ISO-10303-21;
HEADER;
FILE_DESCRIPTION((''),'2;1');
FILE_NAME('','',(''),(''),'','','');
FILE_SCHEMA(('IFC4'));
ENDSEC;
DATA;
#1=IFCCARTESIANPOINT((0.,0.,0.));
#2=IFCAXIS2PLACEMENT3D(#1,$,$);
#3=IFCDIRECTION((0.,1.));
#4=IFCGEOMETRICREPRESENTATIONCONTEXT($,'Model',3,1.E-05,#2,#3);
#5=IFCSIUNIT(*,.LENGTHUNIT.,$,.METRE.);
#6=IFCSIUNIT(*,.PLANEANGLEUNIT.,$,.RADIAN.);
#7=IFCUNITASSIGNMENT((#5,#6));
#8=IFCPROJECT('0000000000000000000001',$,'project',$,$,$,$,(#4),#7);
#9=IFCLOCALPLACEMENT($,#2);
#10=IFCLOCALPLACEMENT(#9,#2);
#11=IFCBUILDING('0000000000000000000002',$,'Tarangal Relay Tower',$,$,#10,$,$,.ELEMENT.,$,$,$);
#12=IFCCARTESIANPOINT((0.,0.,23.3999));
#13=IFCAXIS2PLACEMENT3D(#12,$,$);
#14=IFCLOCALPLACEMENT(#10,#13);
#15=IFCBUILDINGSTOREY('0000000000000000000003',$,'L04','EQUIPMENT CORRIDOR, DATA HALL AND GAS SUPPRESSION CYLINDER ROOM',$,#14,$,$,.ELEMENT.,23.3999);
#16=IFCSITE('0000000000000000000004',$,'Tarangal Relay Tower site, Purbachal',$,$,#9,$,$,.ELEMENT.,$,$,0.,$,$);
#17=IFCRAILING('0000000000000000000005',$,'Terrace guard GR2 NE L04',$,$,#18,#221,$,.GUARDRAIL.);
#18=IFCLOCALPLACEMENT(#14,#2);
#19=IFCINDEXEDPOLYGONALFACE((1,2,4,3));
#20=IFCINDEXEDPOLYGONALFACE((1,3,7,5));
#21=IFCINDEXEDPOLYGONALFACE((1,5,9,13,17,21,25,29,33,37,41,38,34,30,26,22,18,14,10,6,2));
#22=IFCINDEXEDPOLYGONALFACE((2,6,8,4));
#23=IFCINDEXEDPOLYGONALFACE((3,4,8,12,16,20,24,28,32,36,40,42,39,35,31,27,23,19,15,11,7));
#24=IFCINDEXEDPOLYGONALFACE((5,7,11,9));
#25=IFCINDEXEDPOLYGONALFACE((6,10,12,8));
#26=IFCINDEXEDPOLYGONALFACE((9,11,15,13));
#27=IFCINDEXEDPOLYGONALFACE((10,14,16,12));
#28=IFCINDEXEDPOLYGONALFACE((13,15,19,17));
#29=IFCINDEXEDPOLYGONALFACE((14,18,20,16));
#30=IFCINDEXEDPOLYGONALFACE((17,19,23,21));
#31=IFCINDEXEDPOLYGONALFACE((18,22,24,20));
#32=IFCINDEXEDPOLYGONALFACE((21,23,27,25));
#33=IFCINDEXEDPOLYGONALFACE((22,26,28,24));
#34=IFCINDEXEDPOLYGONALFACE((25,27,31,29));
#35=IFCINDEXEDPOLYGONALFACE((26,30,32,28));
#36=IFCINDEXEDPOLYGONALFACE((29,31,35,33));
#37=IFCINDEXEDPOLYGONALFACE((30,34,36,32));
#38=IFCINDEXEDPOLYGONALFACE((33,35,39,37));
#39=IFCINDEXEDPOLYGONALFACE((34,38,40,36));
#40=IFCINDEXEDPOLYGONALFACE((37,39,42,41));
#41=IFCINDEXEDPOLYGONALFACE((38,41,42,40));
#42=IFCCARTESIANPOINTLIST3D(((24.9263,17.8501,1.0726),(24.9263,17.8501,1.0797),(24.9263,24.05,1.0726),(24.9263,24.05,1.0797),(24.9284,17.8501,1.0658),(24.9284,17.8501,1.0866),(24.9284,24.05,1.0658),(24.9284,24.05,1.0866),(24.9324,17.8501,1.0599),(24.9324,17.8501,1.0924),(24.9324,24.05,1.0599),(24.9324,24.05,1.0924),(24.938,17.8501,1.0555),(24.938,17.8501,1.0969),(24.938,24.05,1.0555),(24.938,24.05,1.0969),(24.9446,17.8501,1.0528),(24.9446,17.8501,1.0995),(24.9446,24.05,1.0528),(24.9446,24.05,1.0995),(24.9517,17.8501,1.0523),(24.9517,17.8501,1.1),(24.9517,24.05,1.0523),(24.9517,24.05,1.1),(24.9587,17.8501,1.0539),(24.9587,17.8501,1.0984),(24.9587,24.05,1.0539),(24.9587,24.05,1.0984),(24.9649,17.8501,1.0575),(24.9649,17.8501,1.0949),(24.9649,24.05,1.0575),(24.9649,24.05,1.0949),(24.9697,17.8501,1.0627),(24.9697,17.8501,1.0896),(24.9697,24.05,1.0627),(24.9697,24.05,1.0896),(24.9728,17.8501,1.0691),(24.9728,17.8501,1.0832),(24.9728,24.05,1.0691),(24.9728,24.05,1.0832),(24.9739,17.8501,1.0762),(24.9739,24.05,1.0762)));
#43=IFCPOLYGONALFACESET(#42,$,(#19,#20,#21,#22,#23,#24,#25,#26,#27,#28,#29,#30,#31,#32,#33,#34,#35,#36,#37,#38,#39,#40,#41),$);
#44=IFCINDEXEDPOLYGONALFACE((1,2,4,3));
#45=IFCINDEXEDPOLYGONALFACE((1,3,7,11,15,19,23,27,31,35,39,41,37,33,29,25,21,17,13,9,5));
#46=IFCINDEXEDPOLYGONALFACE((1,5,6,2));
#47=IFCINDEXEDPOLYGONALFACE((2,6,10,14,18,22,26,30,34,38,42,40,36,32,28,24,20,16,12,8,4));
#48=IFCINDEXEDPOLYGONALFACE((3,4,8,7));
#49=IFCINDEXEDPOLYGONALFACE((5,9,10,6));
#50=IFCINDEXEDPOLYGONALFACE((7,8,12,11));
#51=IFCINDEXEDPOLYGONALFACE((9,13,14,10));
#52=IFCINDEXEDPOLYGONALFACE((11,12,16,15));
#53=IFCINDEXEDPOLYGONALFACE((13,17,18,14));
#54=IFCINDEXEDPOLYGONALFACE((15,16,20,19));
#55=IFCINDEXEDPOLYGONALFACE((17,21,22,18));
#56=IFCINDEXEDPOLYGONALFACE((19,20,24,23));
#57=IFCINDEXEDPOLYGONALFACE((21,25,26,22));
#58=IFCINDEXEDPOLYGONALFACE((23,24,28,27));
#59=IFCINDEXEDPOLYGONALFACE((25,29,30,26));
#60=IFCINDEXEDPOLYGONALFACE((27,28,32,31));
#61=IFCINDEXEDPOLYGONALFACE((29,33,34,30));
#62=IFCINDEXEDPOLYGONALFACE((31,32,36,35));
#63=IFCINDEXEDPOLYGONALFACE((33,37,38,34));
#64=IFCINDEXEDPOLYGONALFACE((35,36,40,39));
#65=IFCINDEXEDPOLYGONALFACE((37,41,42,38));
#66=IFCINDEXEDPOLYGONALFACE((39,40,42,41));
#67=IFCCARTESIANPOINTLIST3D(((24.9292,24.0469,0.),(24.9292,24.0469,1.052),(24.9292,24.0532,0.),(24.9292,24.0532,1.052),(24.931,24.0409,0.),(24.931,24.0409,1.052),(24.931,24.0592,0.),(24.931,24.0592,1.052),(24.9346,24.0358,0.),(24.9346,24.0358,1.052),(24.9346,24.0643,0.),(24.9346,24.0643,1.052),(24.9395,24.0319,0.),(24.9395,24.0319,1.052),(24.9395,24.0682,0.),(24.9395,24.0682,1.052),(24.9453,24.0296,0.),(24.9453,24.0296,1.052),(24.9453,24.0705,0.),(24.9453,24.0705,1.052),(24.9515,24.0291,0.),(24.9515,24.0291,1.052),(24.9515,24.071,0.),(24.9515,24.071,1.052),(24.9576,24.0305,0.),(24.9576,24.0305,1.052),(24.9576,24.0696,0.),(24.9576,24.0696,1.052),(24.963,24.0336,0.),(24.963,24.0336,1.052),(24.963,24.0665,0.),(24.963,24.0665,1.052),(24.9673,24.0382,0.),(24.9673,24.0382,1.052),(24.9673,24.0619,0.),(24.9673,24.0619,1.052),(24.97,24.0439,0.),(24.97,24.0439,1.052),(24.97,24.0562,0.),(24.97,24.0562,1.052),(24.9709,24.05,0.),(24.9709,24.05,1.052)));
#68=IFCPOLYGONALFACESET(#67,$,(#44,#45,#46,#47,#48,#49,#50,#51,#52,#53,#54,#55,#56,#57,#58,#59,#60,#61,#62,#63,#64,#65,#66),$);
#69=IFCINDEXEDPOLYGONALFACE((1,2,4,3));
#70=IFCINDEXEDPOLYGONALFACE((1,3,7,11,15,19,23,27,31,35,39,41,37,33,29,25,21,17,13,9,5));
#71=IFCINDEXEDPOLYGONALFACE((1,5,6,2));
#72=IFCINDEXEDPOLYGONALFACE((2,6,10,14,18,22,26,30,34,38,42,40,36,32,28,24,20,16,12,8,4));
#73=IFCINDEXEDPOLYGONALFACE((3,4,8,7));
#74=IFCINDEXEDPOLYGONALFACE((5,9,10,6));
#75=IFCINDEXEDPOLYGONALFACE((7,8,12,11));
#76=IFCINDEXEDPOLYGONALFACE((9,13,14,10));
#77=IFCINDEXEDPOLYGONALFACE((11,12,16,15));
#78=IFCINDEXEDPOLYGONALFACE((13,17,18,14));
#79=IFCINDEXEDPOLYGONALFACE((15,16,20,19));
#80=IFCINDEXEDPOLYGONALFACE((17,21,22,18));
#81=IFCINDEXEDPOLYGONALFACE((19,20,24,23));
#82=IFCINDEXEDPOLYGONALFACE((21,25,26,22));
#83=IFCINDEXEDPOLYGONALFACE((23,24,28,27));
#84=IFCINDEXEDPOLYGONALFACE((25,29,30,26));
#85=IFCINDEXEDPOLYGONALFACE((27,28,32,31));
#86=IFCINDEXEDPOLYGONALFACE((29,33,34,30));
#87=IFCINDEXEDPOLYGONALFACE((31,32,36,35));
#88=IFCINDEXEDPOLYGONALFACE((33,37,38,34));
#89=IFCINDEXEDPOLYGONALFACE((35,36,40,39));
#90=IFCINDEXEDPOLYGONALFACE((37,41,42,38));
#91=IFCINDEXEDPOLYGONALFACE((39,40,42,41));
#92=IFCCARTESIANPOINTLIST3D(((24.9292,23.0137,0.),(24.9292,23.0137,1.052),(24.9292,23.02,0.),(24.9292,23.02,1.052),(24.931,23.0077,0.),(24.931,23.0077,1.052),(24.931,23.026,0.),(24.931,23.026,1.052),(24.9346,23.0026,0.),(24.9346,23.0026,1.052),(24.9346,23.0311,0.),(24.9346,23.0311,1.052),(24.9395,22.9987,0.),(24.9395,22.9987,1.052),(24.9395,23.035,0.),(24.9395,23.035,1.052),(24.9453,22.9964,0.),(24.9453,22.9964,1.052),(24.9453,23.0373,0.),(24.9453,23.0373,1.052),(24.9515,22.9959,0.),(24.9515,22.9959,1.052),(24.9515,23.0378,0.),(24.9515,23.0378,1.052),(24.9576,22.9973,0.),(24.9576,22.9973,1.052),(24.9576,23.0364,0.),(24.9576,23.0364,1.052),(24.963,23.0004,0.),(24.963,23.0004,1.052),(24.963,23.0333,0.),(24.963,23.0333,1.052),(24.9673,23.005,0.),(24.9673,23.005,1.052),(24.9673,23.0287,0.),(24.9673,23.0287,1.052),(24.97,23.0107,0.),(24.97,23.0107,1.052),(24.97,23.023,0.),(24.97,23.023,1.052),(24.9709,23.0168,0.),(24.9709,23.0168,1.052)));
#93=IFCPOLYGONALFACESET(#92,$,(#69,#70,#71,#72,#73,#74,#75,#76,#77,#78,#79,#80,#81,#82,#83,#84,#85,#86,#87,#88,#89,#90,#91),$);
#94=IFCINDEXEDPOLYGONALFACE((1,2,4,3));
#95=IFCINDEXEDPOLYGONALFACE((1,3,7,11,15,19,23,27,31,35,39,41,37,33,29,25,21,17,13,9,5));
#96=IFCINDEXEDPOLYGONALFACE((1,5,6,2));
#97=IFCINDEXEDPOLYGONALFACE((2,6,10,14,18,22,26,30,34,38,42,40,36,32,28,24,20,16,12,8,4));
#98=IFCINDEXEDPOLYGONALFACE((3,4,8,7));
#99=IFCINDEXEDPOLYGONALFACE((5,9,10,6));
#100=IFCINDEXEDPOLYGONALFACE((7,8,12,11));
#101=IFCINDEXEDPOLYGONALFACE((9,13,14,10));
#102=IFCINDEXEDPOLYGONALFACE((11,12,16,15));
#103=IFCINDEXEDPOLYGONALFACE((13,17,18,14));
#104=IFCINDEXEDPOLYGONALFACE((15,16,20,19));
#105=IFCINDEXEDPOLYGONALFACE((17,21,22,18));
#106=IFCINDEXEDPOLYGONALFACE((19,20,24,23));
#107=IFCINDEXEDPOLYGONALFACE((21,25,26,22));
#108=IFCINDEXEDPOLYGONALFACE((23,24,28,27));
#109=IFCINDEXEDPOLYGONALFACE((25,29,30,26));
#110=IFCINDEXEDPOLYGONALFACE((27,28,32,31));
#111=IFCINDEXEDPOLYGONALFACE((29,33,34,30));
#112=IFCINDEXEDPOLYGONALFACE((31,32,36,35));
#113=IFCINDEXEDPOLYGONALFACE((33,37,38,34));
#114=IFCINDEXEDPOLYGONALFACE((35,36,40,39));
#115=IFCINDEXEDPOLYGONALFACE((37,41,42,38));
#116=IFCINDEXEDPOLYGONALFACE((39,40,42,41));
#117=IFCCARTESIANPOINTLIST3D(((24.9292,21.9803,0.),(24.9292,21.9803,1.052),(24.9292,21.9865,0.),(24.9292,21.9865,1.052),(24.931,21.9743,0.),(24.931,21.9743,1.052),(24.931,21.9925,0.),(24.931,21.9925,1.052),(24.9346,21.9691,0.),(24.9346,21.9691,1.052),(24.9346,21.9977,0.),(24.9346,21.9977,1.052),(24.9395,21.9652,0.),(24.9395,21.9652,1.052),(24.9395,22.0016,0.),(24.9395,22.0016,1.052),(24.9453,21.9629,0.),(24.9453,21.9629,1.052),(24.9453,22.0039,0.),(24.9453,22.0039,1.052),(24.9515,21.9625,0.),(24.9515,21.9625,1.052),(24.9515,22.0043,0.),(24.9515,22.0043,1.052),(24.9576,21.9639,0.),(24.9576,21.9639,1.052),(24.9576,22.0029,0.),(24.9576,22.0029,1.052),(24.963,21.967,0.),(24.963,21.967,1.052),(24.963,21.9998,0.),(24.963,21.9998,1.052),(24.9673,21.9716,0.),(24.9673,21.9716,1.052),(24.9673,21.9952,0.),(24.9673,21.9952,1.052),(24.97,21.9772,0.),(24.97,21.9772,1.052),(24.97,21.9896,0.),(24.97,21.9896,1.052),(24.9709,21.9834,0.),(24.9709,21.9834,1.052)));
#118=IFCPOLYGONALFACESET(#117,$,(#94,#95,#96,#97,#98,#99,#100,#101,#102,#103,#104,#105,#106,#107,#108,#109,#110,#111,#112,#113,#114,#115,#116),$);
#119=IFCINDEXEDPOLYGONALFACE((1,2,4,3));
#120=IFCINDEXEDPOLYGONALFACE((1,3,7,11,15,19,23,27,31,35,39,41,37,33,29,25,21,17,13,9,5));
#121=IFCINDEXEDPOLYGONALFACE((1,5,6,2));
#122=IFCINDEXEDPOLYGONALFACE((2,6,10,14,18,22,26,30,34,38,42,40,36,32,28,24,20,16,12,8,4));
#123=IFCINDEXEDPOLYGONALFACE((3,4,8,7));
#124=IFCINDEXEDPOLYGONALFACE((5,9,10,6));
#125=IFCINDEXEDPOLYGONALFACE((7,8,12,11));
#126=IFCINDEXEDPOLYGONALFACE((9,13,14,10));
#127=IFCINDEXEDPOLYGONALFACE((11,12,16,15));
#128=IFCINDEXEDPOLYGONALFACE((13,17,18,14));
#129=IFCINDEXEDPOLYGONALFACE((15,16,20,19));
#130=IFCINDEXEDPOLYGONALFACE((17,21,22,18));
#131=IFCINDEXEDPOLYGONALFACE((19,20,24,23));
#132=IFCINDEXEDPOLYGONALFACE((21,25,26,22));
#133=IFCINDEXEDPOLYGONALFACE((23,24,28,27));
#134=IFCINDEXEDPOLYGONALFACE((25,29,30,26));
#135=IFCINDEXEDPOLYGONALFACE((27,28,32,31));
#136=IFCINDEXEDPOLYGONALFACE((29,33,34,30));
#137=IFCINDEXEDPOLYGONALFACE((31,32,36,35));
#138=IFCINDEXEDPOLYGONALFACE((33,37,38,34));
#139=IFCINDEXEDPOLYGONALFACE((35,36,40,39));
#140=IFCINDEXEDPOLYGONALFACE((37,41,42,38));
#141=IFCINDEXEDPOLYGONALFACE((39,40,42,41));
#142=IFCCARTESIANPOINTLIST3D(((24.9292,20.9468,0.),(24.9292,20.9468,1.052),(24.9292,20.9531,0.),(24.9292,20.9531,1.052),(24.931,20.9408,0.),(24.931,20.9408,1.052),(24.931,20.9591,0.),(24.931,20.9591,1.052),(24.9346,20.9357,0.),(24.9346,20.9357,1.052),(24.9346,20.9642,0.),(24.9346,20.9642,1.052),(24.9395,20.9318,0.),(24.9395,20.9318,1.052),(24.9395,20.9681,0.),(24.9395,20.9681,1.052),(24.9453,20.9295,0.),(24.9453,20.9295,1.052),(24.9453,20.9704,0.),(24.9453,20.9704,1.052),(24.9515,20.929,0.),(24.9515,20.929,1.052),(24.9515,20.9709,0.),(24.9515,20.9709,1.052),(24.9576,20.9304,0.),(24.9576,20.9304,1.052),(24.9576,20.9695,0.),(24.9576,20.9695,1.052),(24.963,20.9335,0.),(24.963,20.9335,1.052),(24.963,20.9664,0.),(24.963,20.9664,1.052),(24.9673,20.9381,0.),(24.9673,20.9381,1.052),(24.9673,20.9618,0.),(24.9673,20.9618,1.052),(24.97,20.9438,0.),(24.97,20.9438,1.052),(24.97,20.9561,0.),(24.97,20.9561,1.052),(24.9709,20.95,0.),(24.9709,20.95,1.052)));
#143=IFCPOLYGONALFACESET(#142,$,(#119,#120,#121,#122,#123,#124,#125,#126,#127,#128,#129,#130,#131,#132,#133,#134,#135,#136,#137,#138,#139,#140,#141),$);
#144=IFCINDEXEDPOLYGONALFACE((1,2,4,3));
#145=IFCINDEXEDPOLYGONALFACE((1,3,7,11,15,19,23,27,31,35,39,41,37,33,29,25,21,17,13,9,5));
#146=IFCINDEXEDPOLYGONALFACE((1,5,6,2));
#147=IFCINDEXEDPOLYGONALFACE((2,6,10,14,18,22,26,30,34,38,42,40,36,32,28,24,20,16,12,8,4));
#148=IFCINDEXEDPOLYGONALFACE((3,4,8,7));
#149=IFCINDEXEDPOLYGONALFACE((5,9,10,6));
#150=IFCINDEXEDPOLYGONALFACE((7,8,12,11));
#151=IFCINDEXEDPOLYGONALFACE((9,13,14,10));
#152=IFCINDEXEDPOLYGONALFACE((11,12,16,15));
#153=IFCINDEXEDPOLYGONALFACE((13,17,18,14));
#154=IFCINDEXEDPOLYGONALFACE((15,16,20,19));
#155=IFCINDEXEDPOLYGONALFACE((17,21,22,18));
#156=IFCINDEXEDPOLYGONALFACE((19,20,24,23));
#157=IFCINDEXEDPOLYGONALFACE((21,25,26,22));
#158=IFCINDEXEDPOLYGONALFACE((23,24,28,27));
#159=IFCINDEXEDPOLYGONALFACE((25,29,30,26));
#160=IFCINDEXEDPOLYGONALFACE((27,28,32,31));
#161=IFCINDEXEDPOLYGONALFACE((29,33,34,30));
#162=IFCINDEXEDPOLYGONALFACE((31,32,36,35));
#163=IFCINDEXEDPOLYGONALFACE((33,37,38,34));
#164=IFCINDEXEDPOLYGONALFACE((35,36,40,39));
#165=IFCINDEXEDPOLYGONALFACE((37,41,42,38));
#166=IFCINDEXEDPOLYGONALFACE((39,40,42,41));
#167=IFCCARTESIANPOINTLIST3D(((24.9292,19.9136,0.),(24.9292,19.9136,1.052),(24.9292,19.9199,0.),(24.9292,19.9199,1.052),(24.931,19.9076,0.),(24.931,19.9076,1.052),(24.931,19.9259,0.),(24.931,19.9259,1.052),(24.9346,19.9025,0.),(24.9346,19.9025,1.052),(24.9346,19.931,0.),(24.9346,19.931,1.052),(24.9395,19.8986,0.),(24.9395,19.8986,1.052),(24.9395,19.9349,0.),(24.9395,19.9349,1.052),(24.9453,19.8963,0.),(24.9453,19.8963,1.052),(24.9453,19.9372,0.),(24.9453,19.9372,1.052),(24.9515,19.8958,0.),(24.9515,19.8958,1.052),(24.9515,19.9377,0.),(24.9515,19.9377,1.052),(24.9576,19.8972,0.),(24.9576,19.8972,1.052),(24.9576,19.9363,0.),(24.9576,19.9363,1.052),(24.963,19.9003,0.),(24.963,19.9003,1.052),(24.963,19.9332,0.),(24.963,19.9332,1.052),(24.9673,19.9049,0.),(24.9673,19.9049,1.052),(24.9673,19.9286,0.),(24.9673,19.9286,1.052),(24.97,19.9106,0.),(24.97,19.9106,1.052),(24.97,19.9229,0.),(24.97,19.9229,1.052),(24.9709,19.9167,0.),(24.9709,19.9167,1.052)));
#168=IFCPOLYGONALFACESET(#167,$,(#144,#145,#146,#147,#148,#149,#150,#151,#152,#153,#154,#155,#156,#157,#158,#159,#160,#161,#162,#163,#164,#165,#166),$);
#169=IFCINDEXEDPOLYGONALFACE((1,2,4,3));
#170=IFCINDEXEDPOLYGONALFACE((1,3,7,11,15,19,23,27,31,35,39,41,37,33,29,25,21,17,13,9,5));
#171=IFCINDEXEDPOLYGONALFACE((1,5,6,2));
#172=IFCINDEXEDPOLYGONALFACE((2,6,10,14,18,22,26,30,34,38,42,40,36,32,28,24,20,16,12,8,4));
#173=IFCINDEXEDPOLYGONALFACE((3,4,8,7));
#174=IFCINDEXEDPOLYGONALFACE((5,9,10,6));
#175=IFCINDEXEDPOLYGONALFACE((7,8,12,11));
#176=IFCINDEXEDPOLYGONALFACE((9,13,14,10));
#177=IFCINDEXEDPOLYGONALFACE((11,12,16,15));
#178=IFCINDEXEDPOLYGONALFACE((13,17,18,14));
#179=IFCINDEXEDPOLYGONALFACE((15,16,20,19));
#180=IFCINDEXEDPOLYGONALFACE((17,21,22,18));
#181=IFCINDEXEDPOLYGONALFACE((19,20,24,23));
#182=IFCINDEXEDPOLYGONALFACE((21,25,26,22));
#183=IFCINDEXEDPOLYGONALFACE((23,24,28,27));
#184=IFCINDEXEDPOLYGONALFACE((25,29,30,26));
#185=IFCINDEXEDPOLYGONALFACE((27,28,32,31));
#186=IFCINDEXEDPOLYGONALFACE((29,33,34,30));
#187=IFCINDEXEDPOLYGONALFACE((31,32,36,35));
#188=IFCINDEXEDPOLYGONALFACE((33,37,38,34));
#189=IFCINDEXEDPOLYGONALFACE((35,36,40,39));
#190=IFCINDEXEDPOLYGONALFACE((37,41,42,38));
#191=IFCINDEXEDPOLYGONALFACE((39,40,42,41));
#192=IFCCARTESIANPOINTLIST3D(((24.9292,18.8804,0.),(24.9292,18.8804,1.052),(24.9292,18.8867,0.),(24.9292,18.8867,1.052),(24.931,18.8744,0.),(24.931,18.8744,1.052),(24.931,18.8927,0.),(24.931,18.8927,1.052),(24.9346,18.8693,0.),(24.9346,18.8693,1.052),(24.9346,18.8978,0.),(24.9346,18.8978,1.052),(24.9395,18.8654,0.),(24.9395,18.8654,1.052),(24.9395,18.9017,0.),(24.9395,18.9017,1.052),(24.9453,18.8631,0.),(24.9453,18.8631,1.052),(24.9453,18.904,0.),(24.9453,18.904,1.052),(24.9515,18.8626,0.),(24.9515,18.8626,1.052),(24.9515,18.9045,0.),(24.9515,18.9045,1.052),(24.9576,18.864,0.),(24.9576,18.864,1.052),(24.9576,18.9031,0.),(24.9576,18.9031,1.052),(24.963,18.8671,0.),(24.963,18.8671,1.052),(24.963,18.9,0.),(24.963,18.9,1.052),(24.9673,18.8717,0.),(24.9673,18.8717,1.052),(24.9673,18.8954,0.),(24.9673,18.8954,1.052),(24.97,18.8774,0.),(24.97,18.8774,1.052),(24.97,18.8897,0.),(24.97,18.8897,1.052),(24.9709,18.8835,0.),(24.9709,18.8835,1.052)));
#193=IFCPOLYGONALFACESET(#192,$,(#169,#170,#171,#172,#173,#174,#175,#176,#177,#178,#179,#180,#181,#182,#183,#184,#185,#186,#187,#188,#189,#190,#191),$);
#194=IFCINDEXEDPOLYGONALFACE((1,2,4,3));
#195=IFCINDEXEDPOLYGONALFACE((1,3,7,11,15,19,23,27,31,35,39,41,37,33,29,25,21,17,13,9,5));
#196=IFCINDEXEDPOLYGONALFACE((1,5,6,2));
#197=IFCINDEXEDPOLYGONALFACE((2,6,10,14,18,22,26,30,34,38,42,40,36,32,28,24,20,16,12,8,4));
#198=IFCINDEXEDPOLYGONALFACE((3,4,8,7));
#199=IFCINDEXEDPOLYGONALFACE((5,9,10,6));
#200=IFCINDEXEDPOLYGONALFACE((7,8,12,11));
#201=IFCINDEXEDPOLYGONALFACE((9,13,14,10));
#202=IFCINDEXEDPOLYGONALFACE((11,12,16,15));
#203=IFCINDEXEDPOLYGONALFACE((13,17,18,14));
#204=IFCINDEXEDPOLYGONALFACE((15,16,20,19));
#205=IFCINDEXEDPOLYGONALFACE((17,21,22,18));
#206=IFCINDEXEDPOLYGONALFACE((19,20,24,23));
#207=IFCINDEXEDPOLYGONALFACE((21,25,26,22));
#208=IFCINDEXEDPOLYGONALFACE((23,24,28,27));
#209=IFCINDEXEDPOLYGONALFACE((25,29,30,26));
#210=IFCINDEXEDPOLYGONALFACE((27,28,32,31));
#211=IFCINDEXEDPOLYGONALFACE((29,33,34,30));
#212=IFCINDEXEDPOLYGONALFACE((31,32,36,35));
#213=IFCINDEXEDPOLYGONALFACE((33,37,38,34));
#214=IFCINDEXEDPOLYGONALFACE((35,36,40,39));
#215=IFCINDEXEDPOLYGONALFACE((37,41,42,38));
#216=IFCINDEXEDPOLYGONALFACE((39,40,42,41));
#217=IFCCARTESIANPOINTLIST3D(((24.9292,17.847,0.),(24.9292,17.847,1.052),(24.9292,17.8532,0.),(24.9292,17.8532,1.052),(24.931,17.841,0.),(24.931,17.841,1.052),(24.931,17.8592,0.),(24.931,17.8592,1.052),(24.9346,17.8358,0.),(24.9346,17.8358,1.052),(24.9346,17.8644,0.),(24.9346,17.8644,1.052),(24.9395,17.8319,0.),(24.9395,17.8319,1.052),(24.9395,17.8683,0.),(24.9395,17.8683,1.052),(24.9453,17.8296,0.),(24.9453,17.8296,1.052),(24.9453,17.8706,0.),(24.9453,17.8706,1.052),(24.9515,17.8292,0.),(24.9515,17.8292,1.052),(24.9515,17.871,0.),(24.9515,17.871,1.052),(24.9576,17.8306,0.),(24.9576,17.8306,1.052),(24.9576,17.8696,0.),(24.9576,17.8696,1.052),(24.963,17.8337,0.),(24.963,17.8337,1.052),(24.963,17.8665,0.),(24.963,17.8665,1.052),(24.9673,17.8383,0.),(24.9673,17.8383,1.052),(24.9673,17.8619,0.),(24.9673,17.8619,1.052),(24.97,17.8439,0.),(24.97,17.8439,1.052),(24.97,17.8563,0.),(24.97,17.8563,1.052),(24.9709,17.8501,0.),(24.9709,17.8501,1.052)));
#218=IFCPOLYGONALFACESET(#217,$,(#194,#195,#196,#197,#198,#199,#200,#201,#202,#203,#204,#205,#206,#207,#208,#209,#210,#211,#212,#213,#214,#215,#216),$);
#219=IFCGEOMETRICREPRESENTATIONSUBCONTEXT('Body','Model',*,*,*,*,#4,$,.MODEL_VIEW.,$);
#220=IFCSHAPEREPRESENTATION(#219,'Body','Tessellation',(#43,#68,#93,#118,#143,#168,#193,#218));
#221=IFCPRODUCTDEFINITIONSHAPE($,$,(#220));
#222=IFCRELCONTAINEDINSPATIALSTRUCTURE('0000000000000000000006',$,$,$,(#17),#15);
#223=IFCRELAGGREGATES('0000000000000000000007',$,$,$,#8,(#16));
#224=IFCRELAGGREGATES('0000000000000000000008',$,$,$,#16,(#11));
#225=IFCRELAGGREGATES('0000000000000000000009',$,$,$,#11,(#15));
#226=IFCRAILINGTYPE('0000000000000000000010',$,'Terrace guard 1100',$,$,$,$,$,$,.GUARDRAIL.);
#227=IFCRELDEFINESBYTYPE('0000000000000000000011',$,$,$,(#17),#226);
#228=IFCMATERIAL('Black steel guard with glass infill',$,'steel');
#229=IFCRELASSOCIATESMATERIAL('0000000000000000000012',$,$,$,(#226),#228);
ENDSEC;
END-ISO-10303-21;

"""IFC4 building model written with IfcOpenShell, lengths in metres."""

from ifc_helpers import new_model, si_unit, direction, frame, origin, origin_2d, place, context, subcontext, project, spatial, circle, extrude, material, type_object, element, save


model = new_model("IFC4")

# Units and contexts
model_context = context("Model", 3, precision=1e-05, world=origin(), true_north=direction((0.0, 1.0)))
body_context = subcontext(model_context, "Body", "Model", "MODEL_VIEW")
ifc_project = project(units=[si_unit("LENGTHUNIT", "METRE"), si_unit("PLANEANGLEUNIT", "RADIAN")], contexts=[model_context])

# Site, building, storey
site_placement = place(None, origin())
site = spatial("IfcSite", under=ifc_project, at=site_placement, Name="Tarangal Relay Tower site, Purbachal", CompositionType="ELEMENT", RefElevation=0.0)
building_placement = place(site_placement, origin())
building = spatial("IfcBuilding", under=site, at=building_placement, Name="Tarangal Relay Tower", CompositionType="ELEMENT")
storey_placement = place(building_placement, frame((0.0, 0.0, 23.3999)))
storey = spatial("IfcBuildingStorey", under=building, at=storey_placement, Name="L04", Description="EQUIPMENT CORRIDOR, DATA HALL AND GAS SUPPRESSION CYLINDER ROOM", CompositionType="ELEMENT", Elevation=23.3999)

# Railing
ifc_material_1 = material(Name="Black steel guard with glass infill", Category="steel")
railing_type = type_object("IfcRailingType", Name="Terrace guard 1100", PredefinedType="GUARDRAIL", material=ifc_material_1)
railing_1_placement = place(storey_placement, frame((24.95, 24.05, 0.0)))
element("IfcRailing", 1, at=railing_1_placement, inside=storey, type_object=railing_type, Name="Terrace guard GR2 NE L04", PredefinedType="GUARDRAIL", context=body_context, shape_type="SweptSolid", body=[
    extrude(circle(Radius=0.0239, at=origin_2d()), frame((0.0, 0.0, 1.0762), z_axis=(0.0, -1.0, 0.0), x_axis=(1.0, 0.0, 0.0)), (0.0, 0.0, 1.0), 6.2),
    extrude(circle(Radius=0.021, at=origin_2d()), origin(), (0.0, 0.0, 1.0), 1.052),
    extrude(circle(Radius=0.021, at=origin_2d()), frame((0.0, -1.0332, 0.0)), (0.0, 0.0, 1.0), 1.052),
    extrude(circle(Radius=0.021, at=origin_2d()), frame((0.0, -2.0667, 0.0)), (0.0, 0.0, 1.0), 1.052),
    extrude(circle(Radius=0.021, at=origin_2d()), frame((0.0, -3.1001, 0.0)), (0.0, 0.0, 1.0), 1.052),
    extrude(circle(Radius=0.021, at=origin_2d()), frame((0.0, -4.1333, 0.0)), (0.0, 0.0, 1.0), 1.052),
    extrude(circle(Radius=0.021, at=origin_2d()), frame((0.0, -5.1665, 0.0)), (0.0, 0.0, 1.0), 1.052),
    extrude(circle(Radius=0.021, at=origin_2d()), frame((0.0, -6.2, 0.0)), (0.0, 0.0, 1.0), 1.052),
])

save(model, "model.ifc")
